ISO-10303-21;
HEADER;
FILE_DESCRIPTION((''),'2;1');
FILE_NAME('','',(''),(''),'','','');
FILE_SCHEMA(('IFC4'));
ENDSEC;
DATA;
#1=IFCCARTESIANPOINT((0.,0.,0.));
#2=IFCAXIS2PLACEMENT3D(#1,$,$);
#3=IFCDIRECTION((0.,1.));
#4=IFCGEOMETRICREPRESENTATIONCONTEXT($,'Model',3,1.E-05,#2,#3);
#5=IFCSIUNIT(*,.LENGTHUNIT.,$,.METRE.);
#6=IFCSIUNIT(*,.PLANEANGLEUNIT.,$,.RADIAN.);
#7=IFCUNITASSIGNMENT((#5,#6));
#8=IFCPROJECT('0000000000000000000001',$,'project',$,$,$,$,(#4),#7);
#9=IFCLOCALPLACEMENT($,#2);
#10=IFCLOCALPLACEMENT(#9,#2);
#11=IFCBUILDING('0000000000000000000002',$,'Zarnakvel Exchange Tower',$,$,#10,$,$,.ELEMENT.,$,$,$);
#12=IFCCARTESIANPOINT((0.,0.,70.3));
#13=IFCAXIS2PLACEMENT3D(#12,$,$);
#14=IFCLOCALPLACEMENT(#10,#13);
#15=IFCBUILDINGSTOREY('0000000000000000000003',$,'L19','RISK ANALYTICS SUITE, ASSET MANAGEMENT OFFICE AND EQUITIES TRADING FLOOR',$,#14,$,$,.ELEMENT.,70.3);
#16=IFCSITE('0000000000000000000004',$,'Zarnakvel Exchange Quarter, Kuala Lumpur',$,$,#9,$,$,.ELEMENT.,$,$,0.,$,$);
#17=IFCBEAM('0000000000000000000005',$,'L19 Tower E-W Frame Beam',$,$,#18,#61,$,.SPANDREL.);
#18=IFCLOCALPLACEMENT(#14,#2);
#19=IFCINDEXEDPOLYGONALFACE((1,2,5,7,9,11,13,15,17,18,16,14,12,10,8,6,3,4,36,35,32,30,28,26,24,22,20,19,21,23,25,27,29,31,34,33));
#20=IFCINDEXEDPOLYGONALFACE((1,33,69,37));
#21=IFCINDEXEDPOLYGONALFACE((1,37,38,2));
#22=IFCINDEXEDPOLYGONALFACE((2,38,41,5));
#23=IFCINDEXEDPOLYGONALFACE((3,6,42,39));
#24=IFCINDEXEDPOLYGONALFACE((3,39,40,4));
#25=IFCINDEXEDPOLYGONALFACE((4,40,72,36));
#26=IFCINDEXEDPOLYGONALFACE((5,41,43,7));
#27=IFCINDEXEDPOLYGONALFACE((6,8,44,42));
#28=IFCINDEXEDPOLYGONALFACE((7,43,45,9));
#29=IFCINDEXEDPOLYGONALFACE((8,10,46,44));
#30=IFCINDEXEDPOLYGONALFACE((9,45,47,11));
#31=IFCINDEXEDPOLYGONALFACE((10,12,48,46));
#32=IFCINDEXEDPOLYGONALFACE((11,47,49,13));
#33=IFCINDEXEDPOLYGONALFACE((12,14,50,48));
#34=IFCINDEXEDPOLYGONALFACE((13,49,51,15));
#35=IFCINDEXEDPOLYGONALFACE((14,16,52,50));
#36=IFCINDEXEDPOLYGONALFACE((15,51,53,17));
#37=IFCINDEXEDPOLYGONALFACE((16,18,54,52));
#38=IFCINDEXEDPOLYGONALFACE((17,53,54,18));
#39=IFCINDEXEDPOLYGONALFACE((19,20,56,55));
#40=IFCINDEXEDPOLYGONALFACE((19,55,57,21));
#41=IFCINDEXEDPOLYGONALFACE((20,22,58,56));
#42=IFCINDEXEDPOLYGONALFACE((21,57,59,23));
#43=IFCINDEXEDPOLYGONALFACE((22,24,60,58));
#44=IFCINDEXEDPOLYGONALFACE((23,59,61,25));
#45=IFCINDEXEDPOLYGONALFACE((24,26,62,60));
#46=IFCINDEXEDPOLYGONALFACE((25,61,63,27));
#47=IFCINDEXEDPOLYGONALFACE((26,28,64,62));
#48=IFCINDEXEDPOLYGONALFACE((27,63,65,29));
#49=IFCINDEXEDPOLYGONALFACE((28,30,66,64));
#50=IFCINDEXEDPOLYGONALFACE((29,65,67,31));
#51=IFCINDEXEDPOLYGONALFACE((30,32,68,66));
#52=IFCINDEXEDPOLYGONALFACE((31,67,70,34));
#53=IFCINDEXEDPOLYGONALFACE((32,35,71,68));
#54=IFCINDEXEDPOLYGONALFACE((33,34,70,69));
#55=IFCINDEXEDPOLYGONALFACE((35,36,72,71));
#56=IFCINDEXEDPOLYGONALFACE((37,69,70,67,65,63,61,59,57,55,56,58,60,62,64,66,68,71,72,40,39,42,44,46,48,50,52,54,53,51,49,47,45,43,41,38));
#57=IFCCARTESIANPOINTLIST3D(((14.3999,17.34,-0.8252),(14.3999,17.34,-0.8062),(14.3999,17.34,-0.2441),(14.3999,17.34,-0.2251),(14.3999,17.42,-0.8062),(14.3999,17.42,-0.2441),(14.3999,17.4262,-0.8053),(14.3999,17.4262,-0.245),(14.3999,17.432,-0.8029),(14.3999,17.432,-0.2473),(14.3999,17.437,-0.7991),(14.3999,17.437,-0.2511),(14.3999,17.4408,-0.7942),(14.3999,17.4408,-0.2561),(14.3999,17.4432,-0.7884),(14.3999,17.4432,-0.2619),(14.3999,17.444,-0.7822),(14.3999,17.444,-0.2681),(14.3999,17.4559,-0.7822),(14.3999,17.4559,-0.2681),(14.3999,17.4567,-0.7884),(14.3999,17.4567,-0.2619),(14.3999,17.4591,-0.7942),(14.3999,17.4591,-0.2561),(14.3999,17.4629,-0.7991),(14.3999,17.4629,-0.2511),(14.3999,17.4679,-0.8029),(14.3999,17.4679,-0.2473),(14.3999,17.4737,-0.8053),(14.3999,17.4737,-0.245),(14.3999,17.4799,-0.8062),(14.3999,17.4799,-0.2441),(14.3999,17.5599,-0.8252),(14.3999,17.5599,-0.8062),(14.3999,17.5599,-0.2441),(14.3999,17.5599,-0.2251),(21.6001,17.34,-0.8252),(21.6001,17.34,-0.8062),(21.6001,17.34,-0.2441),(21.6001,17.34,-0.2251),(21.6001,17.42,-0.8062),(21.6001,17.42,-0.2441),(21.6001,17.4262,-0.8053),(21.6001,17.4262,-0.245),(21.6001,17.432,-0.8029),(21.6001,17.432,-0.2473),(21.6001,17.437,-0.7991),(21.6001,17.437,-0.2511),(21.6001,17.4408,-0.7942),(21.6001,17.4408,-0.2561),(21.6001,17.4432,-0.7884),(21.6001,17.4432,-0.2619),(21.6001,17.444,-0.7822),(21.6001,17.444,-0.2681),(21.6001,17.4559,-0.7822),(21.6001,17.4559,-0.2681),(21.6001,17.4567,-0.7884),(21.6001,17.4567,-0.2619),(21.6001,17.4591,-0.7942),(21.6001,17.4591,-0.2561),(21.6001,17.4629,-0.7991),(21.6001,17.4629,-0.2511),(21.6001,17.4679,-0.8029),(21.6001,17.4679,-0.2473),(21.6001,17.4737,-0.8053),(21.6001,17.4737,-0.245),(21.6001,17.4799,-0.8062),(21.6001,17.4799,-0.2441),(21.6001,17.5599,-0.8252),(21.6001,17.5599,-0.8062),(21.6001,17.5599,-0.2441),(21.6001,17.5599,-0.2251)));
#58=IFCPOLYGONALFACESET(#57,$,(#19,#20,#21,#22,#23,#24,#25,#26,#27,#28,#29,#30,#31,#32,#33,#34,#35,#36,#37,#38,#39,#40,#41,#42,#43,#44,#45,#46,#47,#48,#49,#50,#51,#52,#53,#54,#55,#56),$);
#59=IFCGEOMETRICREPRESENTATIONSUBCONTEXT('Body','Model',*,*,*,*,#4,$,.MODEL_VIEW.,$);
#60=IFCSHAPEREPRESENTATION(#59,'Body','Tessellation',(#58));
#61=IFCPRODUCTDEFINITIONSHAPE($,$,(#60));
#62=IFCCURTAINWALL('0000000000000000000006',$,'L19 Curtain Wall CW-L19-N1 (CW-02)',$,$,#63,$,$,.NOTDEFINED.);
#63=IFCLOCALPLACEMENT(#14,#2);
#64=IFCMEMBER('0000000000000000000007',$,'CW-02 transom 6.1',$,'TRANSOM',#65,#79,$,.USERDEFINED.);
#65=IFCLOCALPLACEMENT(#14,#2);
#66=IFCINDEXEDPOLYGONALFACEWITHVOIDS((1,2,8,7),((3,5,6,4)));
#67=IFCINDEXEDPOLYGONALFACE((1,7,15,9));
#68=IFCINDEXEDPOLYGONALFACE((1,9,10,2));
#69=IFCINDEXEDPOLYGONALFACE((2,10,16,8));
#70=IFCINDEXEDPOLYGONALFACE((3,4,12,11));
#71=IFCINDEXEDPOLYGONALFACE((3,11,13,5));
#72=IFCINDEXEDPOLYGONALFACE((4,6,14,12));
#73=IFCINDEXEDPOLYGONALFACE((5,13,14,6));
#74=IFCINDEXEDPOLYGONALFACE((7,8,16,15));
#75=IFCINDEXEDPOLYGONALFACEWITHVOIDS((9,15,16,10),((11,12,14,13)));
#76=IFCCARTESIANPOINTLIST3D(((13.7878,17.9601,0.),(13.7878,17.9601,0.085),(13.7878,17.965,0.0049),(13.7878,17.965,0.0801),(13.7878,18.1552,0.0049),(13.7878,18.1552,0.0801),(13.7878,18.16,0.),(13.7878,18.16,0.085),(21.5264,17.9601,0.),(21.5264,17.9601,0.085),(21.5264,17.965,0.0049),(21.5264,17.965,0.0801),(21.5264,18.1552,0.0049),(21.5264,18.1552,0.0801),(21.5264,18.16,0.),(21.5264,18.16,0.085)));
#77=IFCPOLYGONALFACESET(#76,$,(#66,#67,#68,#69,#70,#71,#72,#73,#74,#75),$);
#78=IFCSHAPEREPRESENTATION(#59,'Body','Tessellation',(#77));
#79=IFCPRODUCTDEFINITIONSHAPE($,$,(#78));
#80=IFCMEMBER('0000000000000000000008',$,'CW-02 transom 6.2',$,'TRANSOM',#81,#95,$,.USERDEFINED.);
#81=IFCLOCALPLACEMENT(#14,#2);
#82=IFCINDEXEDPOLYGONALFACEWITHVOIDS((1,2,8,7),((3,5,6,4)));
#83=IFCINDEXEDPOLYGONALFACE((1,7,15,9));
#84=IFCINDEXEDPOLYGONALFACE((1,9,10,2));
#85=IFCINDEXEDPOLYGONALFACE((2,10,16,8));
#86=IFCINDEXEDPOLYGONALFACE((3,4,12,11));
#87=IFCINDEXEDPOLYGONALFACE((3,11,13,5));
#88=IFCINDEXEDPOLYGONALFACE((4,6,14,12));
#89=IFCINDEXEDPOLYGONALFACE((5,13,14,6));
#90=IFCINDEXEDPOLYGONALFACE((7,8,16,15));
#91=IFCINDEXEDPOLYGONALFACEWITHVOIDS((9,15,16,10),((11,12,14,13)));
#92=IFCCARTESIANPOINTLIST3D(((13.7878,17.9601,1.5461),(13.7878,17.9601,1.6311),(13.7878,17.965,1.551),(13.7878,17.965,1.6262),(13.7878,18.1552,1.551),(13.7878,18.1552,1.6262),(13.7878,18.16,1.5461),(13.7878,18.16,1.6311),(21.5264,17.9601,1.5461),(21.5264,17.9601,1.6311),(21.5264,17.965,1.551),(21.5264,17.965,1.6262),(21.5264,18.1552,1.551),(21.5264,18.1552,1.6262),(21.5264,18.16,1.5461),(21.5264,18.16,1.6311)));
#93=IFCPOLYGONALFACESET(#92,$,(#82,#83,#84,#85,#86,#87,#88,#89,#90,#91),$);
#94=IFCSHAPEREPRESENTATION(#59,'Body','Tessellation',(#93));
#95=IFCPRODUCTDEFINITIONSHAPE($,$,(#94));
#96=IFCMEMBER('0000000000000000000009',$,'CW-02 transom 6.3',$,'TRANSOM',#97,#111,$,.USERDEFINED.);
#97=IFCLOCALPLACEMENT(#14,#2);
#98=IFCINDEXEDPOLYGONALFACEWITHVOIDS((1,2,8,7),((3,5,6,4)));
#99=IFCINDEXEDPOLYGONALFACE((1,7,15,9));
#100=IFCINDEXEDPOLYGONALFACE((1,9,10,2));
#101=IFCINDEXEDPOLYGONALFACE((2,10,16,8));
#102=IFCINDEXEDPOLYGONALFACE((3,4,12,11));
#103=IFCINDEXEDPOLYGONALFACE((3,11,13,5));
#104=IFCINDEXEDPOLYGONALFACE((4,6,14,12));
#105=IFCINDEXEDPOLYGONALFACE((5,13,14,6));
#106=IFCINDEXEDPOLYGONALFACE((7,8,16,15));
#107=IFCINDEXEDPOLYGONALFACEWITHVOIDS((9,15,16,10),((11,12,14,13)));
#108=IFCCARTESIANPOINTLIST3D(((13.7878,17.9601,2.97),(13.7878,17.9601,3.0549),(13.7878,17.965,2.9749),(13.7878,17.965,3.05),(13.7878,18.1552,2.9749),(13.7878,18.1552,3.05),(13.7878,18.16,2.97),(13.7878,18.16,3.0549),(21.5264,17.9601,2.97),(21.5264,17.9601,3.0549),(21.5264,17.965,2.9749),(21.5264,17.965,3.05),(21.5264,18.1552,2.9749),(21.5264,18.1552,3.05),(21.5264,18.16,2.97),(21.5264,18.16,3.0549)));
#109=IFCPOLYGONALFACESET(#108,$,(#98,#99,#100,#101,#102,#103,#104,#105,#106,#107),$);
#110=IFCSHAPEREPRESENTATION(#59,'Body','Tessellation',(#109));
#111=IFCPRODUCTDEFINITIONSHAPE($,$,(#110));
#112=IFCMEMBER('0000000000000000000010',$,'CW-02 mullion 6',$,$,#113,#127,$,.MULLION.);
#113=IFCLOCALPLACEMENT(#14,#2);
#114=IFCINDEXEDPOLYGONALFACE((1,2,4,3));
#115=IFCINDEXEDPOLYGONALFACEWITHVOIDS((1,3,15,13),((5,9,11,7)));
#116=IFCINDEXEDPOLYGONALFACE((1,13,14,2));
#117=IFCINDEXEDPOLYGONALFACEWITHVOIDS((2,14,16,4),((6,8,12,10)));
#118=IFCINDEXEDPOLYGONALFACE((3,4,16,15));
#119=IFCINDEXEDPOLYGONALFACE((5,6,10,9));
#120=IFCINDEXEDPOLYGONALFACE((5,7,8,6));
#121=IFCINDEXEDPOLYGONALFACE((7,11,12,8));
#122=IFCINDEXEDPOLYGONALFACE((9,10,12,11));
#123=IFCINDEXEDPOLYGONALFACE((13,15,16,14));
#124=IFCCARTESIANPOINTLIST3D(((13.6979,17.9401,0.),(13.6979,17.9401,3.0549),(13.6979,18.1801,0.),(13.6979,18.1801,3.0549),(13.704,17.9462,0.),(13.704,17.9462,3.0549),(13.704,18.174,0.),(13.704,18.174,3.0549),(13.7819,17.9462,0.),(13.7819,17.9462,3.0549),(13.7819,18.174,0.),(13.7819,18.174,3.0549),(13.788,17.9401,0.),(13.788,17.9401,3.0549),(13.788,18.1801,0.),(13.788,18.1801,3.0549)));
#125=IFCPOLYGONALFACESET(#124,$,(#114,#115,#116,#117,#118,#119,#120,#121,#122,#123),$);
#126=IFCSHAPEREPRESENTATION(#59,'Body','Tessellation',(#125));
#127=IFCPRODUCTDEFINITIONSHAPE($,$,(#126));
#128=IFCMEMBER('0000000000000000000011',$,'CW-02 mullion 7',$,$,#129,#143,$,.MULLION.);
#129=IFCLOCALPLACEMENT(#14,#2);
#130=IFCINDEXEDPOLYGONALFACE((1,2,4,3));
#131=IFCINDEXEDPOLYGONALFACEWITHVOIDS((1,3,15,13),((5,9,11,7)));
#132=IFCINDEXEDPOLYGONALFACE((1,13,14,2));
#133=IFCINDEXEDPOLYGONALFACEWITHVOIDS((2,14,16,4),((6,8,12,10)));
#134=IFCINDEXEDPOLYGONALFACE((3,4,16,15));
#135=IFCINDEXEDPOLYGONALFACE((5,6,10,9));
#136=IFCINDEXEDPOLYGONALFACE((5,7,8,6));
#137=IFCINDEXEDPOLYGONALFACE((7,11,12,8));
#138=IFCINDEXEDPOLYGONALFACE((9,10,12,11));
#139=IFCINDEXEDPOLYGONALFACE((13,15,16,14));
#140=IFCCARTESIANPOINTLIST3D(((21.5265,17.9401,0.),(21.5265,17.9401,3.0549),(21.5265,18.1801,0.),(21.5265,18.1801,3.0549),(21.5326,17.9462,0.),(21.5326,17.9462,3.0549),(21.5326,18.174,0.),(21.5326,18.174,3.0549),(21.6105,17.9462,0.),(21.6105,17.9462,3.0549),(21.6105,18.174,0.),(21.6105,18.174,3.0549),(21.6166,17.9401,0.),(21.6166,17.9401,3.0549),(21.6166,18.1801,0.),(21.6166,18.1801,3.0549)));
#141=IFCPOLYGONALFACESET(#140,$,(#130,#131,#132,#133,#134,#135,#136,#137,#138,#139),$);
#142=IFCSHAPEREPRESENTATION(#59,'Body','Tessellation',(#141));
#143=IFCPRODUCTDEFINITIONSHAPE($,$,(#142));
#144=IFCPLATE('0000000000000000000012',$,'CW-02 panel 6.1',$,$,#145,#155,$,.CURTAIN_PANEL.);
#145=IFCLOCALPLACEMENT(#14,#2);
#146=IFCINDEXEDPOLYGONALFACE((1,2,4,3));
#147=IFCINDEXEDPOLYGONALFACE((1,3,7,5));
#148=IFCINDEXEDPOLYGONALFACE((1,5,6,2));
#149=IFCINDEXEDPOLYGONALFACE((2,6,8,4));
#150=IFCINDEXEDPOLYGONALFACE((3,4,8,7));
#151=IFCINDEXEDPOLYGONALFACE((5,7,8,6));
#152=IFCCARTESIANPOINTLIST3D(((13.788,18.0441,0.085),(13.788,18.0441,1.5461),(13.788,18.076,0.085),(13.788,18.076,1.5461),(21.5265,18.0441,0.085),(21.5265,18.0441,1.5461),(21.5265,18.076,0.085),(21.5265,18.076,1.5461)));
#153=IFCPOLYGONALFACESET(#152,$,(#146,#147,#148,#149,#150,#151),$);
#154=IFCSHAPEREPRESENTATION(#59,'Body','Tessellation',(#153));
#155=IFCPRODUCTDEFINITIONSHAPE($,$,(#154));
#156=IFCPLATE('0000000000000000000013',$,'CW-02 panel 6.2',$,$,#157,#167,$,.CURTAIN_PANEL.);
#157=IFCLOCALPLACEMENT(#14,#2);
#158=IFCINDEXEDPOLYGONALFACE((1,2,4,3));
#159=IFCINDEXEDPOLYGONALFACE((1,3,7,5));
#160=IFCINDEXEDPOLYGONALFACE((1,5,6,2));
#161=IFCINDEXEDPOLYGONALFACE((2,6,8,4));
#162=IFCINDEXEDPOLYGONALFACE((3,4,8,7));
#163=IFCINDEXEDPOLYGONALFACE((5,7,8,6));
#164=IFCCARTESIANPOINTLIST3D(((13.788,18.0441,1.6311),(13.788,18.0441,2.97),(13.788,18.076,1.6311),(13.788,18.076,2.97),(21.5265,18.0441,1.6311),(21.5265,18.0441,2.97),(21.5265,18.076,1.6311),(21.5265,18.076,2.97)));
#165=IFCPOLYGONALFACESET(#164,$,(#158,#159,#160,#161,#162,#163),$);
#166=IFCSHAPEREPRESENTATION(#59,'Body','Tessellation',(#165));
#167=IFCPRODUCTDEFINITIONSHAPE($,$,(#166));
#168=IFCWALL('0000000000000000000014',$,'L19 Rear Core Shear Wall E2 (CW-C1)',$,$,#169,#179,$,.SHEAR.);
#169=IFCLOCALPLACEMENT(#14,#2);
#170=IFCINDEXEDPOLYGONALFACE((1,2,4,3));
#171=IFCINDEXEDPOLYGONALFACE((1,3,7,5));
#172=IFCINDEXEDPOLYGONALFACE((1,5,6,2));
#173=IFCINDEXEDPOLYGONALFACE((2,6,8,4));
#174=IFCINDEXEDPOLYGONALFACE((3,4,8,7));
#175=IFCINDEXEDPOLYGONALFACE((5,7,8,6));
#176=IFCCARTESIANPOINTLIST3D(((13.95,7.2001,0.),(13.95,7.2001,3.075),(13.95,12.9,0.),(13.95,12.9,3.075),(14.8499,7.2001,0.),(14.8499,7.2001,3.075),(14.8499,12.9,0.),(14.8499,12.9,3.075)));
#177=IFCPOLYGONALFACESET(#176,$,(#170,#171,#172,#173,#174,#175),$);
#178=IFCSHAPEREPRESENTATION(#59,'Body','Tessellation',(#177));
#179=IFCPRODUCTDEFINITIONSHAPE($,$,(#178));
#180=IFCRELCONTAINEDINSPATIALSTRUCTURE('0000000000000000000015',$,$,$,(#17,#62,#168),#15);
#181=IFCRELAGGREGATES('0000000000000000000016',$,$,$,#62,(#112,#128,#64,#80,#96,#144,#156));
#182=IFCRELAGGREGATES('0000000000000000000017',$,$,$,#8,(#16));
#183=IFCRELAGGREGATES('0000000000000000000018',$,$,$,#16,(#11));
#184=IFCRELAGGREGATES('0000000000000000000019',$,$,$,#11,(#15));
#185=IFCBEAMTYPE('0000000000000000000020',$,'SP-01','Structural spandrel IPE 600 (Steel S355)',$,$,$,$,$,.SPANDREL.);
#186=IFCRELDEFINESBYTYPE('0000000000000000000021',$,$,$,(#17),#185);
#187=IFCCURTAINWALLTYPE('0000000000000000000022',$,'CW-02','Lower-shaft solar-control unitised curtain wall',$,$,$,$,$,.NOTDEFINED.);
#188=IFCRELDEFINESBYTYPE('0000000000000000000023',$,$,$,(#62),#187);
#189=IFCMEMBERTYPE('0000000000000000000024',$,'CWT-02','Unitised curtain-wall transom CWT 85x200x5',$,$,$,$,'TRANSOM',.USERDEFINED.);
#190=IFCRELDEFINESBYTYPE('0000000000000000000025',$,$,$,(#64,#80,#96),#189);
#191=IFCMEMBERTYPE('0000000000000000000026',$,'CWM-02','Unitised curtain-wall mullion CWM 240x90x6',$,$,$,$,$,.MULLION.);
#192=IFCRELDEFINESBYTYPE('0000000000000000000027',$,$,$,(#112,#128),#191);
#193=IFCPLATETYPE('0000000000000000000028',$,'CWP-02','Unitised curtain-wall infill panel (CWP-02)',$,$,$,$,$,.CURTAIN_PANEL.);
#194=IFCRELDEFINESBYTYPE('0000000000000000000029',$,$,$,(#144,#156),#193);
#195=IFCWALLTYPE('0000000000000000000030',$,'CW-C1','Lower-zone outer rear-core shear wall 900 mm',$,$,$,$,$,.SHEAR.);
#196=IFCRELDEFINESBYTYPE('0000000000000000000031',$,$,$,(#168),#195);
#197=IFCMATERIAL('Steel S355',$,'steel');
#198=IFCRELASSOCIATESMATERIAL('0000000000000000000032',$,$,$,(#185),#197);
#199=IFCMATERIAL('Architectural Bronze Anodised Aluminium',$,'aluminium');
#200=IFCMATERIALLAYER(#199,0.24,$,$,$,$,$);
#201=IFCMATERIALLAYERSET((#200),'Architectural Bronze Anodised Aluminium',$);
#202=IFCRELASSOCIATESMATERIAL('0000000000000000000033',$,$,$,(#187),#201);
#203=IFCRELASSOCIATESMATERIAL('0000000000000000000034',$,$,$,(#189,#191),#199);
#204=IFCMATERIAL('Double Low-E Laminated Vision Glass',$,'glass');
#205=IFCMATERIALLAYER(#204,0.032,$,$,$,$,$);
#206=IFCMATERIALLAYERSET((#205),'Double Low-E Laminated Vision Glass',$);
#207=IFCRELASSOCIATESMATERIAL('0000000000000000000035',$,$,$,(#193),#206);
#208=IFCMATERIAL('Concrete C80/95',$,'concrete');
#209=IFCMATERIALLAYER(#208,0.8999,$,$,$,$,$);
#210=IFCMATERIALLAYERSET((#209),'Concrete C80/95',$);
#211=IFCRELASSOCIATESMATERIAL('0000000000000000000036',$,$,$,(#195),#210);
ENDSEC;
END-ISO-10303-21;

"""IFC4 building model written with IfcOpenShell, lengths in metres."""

from ifc_helpers import new_model, si_unit, direction, frame, frame_2d, origin, origin_2d, place, context, subcontext, project, spatial, rectangle, hollow_rectangle, i_section, extrude, source, transform, mapped, material, layer, layer_set, material_profile, profile_set, type_object, element, aggregate, save


model = new_model("IFC4")

# Units and contexts
model_context = context("Model", 3, precision=1e-05, world=origin(), true_north=direction((0.0, 1.0)))
body_context = subcontext(model_context, "Body", "Model", "MODEL_VIEW")
ifc_project = project(units=[si_unit("LENGTHUNIT", "METRE"), si_unit("PLANEANGLEUNIT", "RADIAN")], contexts=[model_context])

# Site, building, storey
site_placement = place(None, origin())
site = spatial("IfcSite", under=ifc_project, at=site_placement, Name="Zarnakvel Exchange Quarter, Kuala Lumpur", CompositionType="ELEMENT", RefElevation=0.0)
building_placement = place(site_placement, origin())
building = spatial("IfcBuilding", under=site, at=building_placement, Name="Zarnakvel Exchange Tower", CompositionType="ELEMENT")
storey_placement = place(building_placement, frame((0.0, 0.0, 70.3)))
storey = spatial("IfcBuildingStorey", under=building, at=storey_placement, Name="L19", Description="RISK ANALYTICS SUITE, ASSET MANAGEMENT OFFICE AND EQUITIES TRADING FLOOR", CompositionType="ELEMENT", Elevation=70.3)

# Shared definitions
ifc_material_1 = material(Name="Concrete C80/95", Category="concrete")

# Beam
ifc_material_2 = material(Name="Steel S355", Category="steel")
ifc_material_profile_1 = material_profile(ifc_material_2, i_section(OverallWidth=0.22, OverallDepth=0.6001, WebThickness=0.012, FlangeThickness=0.019, FilletRadius=0.0239, at=origin_2d()))
ifc_profile_set_1 = profile_set([ifc_material_profile_1], Name="Steel S355")
beam_type_1 = type_object("IfcBeamType", Name="SP-01", Description="Structural spandrel IPE 600 (Steel S355)", PredefinedType="SPANDREL", material=ifc_profile_set_1)
beam_1_placement = place(storey_placement, frame((14.3999, 17.45, -0.5251), z_axis=(1.0, 0.0, 0.0), x_axis=(0.0, 1.0, 0.0)))
element("IfcBeam", 1, at=beam_1_placement, inside=storey, type_object=beam_type_1, Name="L19 Tower E-W Frame Beam", PredefinedType="SPANDREL", context=body_context, shape_type="SweptSolid", body=[
    extrude(i_section(OverallWidth=0.22, OverallDepth=0.6001, WebThickness=0.012, FlangeThickness=0.019, FilletRadius=0.0239, at=origin_2d()), origin(), (0.0, 0.0, 1.0), 7.2002),
])

# Curtain wall, members, plates
ifc_material_3 = material(Name="Architectural Bronze Anodised Aluminium", Category="aluminium")
ifc_layer_1 = layer(ifc_material_3, 0.24)
ifc_layer_set_1 = layer_set([ifc_layer_1], Name="Architectural Bronze Anodised Aluminium")
curtain_wall_type = type_object("IfcCurtainWallType", Name="CW-02", Description="Lower-shaft solar-control unitised curtain wall", PredefinedType="NOTDEFINED", material=ifc_layer_set_1)
curtain_wall_placement = place(storey_placement, origin())
curtain_wall = element("IfcCurtainWall", 2, at=curtain_wall_placement, inside=storey, type_object=curtain_wall_type, Name="L19 Curtain Wall CW-L19-N1 (CW-02)", PredefinedType="NOTDEFINED")
ifc_material_profile_2 = material_profile(ifc_material_3, hollow_rectangle(XDim=0.2, YDim=0.085, WallThickness=0.0049, at=origin_2d()))
ifc_profile_set_2 = profile_set([ifc_material_profile_2], Name="Architectural Bronze Anodised Aluminium")
member_type_1 = type_object("IfcMemberType", Name="CWT-02", Description="Unitised curtain-wall transom CWT 85x200x5", ElementType="TRANSOM", PredefinedType="USERDEFINED", material=ifc_profile_set_2)
shared_shape_1 = source(origin(), body_context, "Body", "SweptSolid", [
    extrude(hollow_rectangle(XDim=0.2, YDim=0.085, WallThickness=0.0049, at=origin_2d()), origin(), (0.0, 0.0, 1.0), 7.7385),
])
member_1_placement = place(storey_placement, frame((13.7878, 18.0601, 0.0425), z_axis=(1.0, 0.0, 0.0), x_axis=(0.0, 1.0, 0.0)))
member_1 = element("IfcMember", 3, at=member_1_placement, type_object=member_type_1, Name="CW-02 transom 6.1", ObjectType="TRANSOM", PredefinedType="USERDEFINED", context=body_context, shape_type="MappedRepresentation", body=[
    mapped(shared_shape_1, transform((0.0, 0.0, 0.0), x_axis=(1.0, 0.0, 0.0), y_axis=(0.0, 1.0, 0.0), z_axis=(0.0, 0.0, 1.0), scale=1.0)),
])
member_2_placement = place(storey_placement, frame((13.7878, 18.0601, 1.5886), z_axis=(1.0, 0.0, 0.0), x_axis=(0.0, 1.0, 0.0)))
member_2 = element("IfcMember", 4, at=member_2_placement, type_object=member_type_1, Name="CW-02 transom 6.2", ObjectType="TRANSOM", PredefinedType="USERDEFINED", context=body_context, shape_type="MappedRepresentation", body=[
    mapped(shared_shape_1, transform((0.0, 0.0, 0.0), x_axis=(1.0, 0.0, 0.0), y_axis=(0.0, 1.0, 0.0), z_axis=(0.0, 0.0, 1.0), scale=1.0)),
])
member_3_placement = place(storey_placement, frame((13.7878, 18.0601, 3.0125), z_axis=(1.0, 0.0, 0.0), x_axis=(0.0, 1.0, 0.0)))
member_3 = element("IfcMember", 5, at=member_3_placement, type_object=member_type_1, Name="CW-02 transom 6.3", ObjectType="TRANSOM", PredefinedType="USERDEFINED", context=body_context, shape_type="MappedRepresentation", body=[
    mapped(shared_shape_1, transform((0.0, 0.0, 0.0), x_axis=(1.0, 0.0, 0.0), y_axis=(0.0, 1.0, 0.0), z_axis=(0.0, 0.0, 1.0), scale=1.0)),
])
ifc_material_profile_3 = material_profile(ifc_material_3, hollow_rectangle(XDim=0.24, YDim=0.0901, WallThickness=0.0061, at=origin_2d()))
ifc_profile_set_3 = profile_set([ifc_material_profile_3], Name="Architectural Bronze Anodised Aluminium")
member_type_2 = type_object("IfcMemberType", Name="CWM-02", Description="Unitised curtain-wall mullion CWM 240x90x6", PredefinedType="MULLION", material=ifc_profile_set_3)
shared_shape_2 = source(origin(), body_context, "Body", "SweptSolid", [
    extrude(hollow_rectangle(XDim=0.24, YDim=0.0901, WallThickness=0.0061, at=origin_2d()), origin(), (0.0, 0.0, 1.0), 3.0549),
])
member_4_placement = place(storey_placement, frame((13.7429, 18.0601, 0.0), z_axis=(0.0, 0.0, 1.0), x_axis=(0.0, 1.0, 0.0)))
member_4 = element("IfcMember", 6, at=member_4_placement, type_object=member_type_2, Name="CW-02 mullion 6", PredefinedType="MULLION", context=body_context, shape_type="MappedRepresentation", body=[
    mapped(shared_shape_2, transform((0.0, 0.0, 0.0), x_axis=(1.0, 0.0, 0.0), y_axis=(0.0, 1.0, 0.0), z_axis=(0.0, 0.0, 1.0), scale=1.0)),
])
member_5_placement = place(storey_placement, frame((21.5715, 18.0601, 0.0), z_axis=(0.0, 0.0, 1.0), x_axis=(0.0, 1.0, 0.0)))
member_5 = element("IfcMember", 7, at=member_5_placement, type_object=member_type_2, Name="CW-02 mullion 7", PredefinedType="MULLION", context=body_context, shape_type="MappedRepresentation", body=[
    mapped(shared_shape_2, transform((0.0, 0.0, 0.0), x_axis=(1.0, 0.0, 0.0), y_axis=(0.0, 1.0, 0.0), z_axis=(0.0, 0.0, 1.0), scale=1.0)),
])
ifc_material_4 = material(Name="Double Low-E Laminated Vision Glass", Category="glass")
ifc_layer_2 = layer(ifc_material_4, 0.032)
ifc_layer_set_2 = layer_set([ifc_layer_2], Name="Double Low-E Laminated Vision Glass")
plate_type = type_object("IfcPlateType", Name="CWP-02", Description="Unitised curtain-wall infill panel (CWP-02)", PredefinedType="CURTAIN_PANEL", material=ifc_layer_set_2)
shared_shape_3 = source(origin(), body_context, "Body", "SweptSolid", [
    extrude(rectangle(XDim=7.7385, YDim=0.032, at=origin_2d()), origin(), (0.0, 0.0, 1.0), 1.4612),
])
plate_1_placement = place(storey_placement, frame((17.6572, 18.0601, 0.085), z_axis=(0.0, 0.0, 1.0), x_axis=(1.0, 0.0, 0.0)))
plate_1 = element("IfcPlate", 8, at=plate_1_placement, type_object=plate_type, Name="CW-02 panel 6.1", PredefinedType="CURTAIN_PANEL", context=body_context, shape_type="MappedRepresentation", body=[
    mapped(shared_shape_3, transform((0.0, 0.0, 0.0), x_axis=(1.0, 0.0, 0.0), y_axis=(0.0, 1.0, 0.0), z_axis=(0.0, 0.0, 1.0), scale=1.0)),
])
shared_shape_4 = source(origin(), body_context, "Body", "SweptSolid", [
    extrude(rectangle(XDim=7.7385, YDim=0.032, at=origin_2d()), origin(), (0.0, 0.0, 1.0), 1.3389),
])
plate_2_placement = place(storey_placement, frame((17.6572, 18.0601, 1.6311), z_axis=(0.0, 0.0, 1.0), x_axis=(1.0, 0.0, 0.0)))
plate_2 = element("IfcPlate", 9, at=plate_2_placement, type_object=plate_type, Name="CW-02 panel 6.2", PredefinedType="CURTAIN_PANEL", context=body_context, shape_type="MappedRepresentation", body=[
    mapped(shared_shape_4, transform((0.0, 0.0, 0.0), x_axis=(1.0, 0.0, 0.0), y_axis=(0.0, 1.0, 0.0), z_axis=(0.0, 0.0, 1.0), scale=1.0)),
])
aggregate(curtain_wall, [member_4, member_5, member_1, member_2, member_3, plate_1, plate_2])

# Wall
ifc_layer_3 = layer(ifc_material_1, 0.8999)
ifc_layer_set_3 = layer_set([ifc_layer_3], Name="Concrete C80/95")
wall_type_1 = type_object("IfcWallType", Name="CW-C1", Description="Lower-zone outer rear-core shear wall 900 mm", PredefinedType="SHEAR", material=ifc_layer_set_3)
wall_1_placement = place(storey_placement, frame((14.3999, 7.2, 0.0), z_axis=(0.0, 0.0, 1.0), x_axis=(0.0, 1.0, 0.0)))
element("IfcWall", 10, at=wall_1_placement, inside=storey, type_object=wall_type_1, Name="L19 Rear Core Shear Wall E2 (CW-C1)", PredefinedType="SHEAR", context=body_context, shape_type="SweptSolid", body=[
    extrude(rectangle(XDim=5.7, YDim=0.8999, at=frame_2d((2.8501, 0.0))), origin(), (0.0, 0.0, 1.0), 3.075),
])

save(model, "model.ifc")
